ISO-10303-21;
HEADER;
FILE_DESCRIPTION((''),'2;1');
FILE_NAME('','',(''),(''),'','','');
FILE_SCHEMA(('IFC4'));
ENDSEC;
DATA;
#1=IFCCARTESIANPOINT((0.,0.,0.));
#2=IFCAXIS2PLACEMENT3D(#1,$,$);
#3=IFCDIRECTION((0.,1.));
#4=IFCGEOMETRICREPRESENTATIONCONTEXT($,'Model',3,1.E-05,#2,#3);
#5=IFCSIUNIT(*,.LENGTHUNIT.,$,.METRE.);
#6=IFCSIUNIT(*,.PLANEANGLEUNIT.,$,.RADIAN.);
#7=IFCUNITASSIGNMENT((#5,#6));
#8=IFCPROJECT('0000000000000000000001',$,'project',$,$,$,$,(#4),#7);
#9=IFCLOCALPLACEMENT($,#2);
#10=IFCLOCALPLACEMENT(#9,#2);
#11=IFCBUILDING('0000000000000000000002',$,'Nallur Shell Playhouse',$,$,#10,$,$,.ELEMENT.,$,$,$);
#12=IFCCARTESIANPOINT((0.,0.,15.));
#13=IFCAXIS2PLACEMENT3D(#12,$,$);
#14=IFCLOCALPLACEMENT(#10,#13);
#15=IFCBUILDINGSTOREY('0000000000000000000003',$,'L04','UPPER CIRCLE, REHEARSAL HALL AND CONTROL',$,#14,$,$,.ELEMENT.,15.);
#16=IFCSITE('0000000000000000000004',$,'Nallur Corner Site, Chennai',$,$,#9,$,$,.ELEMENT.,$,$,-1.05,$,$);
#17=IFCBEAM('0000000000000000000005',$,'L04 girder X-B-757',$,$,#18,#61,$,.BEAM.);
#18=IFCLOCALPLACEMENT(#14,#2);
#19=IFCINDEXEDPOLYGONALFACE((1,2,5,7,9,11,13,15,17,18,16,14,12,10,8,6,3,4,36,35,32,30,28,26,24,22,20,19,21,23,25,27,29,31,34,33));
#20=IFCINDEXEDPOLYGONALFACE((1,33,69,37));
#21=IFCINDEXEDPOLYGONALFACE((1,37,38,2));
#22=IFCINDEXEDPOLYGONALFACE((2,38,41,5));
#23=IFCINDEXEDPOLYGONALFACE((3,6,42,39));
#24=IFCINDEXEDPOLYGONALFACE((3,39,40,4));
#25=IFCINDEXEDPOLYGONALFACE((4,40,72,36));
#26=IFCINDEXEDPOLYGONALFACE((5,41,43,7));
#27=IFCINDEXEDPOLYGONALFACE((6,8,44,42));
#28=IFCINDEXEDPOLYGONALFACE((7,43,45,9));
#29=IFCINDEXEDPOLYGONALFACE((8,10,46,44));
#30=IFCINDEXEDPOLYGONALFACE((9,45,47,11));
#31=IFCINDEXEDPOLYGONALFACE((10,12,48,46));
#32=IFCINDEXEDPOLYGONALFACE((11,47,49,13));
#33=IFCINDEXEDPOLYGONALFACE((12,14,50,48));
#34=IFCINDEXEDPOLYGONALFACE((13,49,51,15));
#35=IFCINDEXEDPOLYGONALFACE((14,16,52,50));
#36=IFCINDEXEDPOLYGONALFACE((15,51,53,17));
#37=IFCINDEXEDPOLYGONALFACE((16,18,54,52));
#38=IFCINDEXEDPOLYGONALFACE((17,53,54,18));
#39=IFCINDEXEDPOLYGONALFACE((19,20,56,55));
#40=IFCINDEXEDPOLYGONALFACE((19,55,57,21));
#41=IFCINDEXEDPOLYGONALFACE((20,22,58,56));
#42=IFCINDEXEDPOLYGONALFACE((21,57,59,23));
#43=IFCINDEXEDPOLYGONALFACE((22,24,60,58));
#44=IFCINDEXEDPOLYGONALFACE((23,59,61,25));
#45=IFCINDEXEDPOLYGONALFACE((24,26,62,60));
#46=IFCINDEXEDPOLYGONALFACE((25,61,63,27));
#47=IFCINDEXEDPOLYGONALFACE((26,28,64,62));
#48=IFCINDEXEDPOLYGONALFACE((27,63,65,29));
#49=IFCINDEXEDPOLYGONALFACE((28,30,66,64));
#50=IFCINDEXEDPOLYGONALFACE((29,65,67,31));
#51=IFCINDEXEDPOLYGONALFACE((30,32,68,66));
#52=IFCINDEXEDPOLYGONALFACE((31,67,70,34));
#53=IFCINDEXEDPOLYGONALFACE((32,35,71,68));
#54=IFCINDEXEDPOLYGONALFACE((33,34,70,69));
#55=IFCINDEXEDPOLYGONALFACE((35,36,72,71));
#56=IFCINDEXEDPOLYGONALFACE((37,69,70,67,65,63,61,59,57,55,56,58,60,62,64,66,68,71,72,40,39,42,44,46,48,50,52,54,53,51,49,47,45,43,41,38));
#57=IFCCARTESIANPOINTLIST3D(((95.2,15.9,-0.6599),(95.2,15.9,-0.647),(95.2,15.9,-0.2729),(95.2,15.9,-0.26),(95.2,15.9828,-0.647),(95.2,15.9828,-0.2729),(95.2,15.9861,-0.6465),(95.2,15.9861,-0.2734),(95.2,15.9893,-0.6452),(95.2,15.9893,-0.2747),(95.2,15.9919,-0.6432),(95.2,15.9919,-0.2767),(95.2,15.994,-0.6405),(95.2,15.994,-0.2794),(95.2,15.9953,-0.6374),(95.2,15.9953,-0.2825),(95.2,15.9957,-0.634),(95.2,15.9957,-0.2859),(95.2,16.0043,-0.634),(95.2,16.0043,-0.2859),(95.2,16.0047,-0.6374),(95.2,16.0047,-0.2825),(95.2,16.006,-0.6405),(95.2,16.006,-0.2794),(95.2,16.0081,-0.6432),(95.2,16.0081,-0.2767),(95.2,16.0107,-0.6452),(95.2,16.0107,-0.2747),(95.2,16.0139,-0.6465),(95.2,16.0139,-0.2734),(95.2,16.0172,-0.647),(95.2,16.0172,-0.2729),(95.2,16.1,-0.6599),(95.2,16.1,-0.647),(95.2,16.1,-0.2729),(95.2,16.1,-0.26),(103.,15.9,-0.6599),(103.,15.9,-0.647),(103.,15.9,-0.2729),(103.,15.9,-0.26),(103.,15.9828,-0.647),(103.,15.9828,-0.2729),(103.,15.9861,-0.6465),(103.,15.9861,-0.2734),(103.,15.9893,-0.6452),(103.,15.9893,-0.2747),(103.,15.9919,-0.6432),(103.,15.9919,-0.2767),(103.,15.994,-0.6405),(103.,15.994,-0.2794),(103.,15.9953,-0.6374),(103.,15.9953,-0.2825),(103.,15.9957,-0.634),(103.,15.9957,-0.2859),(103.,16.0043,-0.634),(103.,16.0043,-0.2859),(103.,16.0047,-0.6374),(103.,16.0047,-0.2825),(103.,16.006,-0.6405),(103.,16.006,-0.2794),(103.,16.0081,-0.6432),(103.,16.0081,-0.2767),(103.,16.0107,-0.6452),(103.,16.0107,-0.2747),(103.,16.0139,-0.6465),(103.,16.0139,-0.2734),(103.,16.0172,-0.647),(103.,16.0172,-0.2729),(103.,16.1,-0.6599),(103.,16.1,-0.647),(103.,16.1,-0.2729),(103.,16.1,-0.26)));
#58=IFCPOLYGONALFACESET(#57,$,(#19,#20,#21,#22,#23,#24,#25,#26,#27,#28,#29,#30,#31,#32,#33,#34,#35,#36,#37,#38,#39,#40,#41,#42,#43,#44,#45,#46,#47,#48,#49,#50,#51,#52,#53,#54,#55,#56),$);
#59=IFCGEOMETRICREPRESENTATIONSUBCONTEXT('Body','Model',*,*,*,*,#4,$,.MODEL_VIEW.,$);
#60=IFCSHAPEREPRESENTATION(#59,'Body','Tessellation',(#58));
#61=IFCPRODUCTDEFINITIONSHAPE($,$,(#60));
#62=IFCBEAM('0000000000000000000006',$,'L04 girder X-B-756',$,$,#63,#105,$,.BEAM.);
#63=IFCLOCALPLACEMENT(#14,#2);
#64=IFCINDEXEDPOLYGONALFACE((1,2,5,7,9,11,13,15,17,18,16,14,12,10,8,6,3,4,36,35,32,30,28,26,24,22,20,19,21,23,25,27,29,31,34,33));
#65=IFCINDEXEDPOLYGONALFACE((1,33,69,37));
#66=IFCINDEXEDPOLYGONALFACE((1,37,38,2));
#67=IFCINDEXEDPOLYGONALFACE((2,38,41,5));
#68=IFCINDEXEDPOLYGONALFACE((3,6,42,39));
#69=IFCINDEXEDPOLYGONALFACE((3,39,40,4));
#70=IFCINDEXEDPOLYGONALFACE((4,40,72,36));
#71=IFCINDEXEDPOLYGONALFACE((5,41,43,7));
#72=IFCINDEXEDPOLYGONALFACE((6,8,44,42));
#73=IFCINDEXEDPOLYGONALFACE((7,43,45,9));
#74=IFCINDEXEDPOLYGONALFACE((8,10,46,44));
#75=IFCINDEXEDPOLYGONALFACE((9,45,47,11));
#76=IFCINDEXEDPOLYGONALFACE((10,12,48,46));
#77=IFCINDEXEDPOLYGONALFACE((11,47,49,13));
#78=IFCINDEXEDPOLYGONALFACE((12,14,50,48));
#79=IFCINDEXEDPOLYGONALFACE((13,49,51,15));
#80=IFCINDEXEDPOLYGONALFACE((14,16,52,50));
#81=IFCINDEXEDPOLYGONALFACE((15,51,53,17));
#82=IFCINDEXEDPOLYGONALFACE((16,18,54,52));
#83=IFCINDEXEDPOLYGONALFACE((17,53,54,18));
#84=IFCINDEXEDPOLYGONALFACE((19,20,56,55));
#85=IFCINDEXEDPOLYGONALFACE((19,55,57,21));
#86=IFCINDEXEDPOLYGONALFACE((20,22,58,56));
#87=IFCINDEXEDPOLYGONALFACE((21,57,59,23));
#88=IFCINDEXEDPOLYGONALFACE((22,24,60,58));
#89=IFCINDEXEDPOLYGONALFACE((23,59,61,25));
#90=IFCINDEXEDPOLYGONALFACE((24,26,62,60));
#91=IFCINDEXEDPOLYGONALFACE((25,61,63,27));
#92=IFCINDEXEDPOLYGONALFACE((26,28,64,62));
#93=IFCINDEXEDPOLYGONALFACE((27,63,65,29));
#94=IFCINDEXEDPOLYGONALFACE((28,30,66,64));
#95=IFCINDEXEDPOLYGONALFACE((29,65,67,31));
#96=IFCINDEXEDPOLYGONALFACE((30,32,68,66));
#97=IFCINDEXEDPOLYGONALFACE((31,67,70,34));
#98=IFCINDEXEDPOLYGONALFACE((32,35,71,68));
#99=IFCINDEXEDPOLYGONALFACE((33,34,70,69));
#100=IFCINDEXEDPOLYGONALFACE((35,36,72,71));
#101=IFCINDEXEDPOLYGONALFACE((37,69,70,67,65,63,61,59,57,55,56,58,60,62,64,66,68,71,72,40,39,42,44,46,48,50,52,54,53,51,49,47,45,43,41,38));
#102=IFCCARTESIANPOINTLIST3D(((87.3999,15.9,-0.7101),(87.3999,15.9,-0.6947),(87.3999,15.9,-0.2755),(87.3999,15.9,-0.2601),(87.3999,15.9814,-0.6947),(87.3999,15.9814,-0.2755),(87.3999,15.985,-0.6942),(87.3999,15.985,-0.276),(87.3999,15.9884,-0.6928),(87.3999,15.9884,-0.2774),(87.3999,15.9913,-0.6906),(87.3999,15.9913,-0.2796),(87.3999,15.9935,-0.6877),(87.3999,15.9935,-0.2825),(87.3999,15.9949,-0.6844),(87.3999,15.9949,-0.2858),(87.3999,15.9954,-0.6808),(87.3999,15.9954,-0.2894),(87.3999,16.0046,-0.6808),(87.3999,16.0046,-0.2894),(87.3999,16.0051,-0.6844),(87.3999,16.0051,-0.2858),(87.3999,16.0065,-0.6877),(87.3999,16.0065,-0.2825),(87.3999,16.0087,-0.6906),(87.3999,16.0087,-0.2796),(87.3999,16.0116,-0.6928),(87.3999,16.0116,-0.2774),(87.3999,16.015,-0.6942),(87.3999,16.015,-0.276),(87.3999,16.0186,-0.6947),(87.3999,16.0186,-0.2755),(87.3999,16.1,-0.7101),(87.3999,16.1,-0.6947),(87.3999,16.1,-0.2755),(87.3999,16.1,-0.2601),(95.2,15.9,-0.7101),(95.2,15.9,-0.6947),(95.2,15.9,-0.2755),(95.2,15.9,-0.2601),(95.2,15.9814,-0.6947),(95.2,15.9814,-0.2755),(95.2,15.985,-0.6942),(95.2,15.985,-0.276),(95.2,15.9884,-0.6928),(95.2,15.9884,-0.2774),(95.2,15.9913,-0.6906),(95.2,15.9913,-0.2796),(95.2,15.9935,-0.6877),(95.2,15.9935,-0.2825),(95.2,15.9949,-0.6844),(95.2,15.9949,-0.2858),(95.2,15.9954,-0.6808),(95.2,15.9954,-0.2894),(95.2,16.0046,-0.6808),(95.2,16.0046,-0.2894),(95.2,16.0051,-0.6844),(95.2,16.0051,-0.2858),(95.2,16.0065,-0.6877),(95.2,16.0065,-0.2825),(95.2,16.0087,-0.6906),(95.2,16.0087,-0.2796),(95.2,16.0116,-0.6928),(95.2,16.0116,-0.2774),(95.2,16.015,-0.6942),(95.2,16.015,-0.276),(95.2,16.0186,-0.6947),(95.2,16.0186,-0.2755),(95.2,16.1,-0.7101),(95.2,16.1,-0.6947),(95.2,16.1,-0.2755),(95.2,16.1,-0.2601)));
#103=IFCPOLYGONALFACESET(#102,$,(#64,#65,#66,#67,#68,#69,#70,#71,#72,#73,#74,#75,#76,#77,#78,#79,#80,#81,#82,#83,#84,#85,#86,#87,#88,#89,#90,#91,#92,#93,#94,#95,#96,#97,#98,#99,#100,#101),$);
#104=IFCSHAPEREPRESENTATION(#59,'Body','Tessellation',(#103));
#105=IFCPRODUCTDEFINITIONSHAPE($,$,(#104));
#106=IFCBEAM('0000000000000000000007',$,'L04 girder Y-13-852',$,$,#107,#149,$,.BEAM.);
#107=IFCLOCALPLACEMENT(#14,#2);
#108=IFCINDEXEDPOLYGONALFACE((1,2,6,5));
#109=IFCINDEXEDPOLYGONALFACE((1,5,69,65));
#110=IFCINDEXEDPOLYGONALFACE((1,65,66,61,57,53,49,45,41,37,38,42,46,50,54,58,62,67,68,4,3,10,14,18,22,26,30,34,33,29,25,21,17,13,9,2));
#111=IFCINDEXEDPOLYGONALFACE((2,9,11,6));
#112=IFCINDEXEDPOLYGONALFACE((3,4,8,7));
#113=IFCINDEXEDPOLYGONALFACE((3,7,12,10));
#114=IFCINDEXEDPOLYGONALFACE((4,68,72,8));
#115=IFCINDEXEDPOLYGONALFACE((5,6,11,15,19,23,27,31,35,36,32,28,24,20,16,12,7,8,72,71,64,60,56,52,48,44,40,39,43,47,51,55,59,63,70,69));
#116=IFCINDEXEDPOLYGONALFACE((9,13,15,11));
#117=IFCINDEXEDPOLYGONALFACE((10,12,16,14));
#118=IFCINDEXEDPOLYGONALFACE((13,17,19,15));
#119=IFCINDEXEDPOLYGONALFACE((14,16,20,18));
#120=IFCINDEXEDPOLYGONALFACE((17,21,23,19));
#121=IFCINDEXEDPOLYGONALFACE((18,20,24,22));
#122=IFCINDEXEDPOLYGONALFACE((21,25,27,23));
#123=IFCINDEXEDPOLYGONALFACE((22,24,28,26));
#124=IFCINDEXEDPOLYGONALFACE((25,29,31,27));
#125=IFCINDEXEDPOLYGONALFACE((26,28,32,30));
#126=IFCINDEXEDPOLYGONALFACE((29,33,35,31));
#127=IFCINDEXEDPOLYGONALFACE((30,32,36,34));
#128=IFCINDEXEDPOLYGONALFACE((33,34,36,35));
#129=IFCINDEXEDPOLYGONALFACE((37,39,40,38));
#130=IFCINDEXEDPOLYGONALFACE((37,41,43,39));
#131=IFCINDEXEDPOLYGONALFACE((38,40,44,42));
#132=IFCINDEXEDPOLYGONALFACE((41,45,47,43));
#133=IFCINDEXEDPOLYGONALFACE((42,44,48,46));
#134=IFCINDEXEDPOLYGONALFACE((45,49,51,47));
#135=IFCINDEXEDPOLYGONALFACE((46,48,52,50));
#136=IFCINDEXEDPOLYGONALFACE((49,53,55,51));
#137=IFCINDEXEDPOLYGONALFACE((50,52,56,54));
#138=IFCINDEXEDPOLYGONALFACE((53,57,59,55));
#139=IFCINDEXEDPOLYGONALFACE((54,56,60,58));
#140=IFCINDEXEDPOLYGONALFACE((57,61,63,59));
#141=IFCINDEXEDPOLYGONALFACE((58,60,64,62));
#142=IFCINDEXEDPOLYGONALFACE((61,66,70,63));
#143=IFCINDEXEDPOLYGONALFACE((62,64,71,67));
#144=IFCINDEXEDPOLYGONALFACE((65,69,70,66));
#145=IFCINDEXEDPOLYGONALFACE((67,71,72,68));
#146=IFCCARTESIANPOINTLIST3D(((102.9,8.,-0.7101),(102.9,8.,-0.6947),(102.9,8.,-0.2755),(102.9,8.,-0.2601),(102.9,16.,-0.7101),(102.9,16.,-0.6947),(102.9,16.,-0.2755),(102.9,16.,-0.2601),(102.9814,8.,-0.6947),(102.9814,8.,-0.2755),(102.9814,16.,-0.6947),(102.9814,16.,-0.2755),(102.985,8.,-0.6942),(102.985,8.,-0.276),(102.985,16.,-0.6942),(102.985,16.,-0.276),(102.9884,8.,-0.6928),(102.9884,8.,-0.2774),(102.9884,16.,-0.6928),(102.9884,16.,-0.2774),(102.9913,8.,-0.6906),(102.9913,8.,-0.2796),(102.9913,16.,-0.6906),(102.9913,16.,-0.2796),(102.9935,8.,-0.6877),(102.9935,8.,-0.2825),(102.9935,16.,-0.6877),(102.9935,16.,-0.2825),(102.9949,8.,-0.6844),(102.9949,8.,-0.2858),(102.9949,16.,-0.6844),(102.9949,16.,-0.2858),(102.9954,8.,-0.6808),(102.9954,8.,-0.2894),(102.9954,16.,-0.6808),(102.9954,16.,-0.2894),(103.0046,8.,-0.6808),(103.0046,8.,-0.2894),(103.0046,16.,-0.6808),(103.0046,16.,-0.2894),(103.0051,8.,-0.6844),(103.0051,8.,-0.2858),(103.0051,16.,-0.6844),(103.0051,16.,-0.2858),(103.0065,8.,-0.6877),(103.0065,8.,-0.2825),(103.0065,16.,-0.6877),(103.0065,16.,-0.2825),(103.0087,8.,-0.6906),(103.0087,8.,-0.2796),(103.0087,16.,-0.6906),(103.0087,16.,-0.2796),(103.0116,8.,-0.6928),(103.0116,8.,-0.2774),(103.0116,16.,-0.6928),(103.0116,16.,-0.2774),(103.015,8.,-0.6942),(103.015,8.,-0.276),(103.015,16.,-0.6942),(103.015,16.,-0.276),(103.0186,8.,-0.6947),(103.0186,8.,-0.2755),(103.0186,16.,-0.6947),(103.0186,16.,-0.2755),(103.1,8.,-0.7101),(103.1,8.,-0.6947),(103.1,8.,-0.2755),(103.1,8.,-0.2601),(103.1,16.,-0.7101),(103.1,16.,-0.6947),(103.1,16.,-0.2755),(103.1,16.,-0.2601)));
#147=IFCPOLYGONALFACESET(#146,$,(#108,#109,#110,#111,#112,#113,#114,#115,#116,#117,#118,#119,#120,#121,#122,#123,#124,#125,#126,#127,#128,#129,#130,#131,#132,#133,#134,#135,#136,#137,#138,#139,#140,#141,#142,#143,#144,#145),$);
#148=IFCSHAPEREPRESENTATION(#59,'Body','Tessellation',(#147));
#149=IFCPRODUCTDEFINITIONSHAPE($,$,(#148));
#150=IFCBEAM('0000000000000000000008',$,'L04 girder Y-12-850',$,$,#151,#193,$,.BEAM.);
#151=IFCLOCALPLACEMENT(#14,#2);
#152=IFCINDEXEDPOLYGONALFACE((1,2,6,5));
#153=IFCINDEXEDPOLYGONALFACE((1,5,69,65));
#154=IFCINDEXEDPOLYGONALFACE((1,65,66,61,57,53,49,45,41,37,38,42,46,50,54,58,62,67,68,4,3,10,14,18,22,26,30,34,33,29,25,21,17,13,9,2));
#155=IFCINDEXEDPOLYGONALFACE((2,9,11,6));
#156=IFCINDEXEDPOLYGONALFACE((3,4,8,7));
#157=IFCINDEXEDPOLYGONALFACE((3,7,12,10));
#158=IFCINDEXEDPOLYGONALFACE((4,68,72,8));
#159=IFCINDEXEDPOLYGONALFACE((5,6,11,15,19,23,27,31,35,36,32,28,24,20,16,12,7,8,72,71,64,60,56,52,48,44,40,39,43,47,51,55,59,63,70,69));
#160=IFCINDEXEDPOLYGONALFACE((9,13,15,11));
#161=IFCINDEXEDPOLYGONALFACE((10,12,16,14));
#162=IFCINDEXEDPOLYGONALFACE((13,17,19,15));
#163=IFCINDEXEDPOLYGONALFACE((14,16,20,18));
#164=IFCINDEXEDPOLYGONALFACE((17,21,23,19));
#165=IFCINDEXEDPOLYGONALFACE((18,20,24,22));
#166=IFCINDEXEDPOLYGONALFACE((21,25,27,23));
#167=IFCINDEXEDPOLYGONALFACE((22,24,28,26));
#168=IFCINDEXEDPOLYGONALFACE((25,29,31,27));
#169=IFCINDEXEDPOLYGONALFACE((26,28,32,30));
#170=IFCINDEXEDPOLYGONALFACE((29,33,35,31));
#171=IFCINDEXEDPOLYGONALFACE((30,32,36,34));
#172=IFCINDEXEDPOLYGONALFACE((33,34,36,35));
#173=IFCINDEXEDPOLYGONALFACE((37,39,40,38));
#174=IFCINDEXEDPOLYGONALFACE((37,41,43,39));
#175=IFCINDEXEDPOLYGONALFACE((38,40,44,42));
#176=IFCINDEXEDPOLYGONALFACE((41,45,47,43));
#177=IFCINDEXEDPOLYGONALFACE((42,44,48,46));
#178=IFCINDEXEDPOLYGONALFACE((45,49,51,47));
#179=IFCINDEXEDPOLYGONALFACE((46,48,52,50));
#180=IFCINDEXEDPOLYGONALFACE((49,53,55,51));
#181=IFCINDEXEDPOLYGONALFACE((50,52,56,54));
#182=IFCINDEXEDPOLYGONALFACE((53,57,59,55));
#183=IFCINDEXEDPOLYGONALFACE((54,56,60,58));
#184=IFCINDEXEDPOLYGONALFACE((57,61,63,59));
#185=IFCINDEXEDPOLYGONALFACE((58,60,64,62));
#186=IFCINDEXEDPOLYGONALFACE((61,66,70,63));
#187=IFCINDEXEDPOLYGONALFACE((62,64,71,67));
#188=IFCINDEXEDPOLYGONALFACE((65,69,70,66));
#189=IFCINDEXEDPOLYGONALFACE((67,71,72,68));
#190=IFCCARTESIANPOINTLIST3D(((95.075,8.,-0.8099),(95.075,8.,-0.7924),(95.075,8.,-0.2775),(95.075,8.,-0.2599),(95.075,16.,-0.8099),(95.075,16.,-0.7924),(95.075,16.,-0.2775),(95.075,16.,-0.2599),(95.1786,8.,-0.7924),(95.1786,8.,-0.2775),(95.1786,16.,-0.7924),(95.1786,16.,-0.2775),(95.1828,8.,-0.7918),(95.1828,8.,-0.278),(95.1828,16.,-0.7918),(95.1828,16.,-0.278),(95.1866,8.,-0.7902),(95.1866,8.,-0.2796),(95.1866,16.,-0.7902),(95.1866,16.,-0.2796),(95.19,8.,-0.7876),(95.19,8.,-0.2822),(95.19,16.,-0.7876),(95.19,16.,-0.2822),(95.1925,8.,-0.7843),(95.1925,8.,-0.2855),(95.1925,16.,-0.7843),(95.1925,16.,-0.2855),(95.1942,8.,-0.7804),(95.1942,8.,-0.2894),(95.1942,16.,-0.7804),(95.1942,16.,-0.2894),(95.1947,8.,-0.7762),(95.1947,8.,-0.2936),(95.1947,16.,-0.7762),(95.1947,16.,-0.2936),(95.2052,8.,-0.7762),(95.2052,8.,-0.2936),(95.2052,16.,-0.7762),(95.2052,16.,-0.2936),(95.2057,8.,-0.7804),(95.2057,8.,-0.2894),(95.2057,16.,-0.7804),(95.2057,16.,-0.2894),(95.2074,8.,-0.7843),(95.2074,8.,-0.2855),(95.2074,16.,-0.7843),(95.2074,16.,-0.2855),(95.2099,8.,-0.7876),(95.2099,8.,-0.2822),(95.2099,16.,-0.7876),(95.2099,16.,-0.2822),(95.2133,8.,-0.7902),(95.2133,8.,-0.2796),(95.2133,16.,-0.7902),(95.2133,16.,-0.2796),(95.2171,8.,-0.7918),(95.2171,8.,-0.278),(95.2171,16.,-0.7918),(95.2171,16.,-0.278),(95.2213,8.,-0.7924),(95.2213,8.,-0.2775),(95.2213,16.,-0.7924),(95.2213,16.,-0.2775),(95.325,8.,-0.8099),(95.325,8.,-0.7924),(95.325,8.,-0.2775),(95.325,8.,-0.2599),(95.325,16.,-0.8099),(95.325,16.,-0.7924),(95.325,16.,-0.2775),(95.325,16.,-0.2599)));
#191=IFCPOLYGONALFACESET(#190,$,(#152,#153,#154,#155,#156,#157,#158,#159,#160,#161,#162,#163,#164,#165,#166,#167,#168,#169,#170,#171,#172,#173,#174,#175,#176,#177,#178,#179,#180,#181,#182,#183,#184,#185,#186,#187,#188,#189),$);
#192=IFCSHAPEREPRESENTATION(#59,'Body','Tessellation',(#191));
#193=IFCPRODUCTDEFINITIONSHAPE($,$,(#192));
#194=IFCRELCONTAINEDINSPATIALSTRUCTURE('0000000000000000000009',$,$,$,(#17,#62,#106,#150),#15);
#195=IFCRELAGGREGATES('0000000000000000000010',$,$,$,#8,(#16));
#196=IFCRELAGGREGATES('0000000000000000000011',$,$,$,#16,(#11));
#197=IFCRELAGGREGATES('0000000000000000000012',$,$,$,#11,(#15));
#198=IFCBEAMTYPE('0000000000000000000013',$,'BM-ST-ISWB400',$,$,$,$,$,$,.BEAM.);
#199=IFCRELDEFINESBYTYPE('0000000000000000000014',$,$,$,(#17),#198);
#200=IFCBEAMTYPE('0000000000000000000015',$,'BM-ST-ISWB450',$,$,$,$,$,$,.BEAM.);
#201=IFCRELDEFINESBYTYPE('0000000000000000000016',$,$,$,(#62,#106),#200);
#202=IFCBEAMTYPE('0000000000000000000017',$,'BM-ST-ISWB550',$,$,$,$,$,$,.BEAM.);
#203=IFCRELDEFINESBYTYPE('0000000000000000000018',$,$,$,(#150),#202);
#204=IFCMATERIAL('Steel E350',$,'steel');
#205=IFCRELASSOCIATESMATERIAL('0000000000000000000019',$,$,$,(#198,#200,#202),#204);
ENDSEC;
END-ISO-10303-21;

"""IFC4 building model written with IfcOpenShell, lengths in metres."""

from ifc_helpers import new_model, si_unit, direction, frame, origin, origin_2d, place, context, subcontext, project, spatial, i_section, extrude, material, material_profile, profile_set, type_object, element, save


model = new_model("IFC4")

# Units and contexts
model_context = context("Model", 3, precision=1e-05, world=origin(), true_north=direction((0.0, 1.0)))
body_context = subcontext(model_context, "Body", "Model", "MODEL_VIEW")
ifc_project = project(units=[si_unit("LENGTHUNIT", "METRE"), si_unit("PLANEANGLEUNIT", "RADIAN")], contexts=[model_context])

# Site, building, storey
site_placement = place(None, origin())
site = spatial("IfcSite", under=ifc_project, at=site_placement, Name="Nallur Corner Site, Chennai", CompositionType="ELEMENT", RefElevation=-1.05)
building_placement = place(site_placement, origin())
building = spatial("IfcBuilding", under=site, at=building_placement, Name="Nallur Shell Playhouse", CompositionType="ELEMENT")
storey_placement = place(building_placement, frame((0.0, 0.0, 15.0)))
storey = spatial("IfcBuildingStorey", under=building, at=storey_placement, Name="L04", Description="UPPER CIRCLE, REHEARSAL HALL AND CONTROL", CompositionType="ELEMENT", Elevation=15.0)

# Beams
ifc_material_1 = material(Name="Steel E350", Category="steel")
ifc_material_profile_1 = material_profile(ifc_material_1, i_section(OverallWidth=0.2, OverallDepth=0.3999, WebThickness=0.0085, FlangeThickness=0.0129, FilletRadius=0.0129, at=origin_2d()), Name="ISWB 400")
ifc_profile_set_1 = profile_set([ifc_material_profile_1], Name="Steel E350")
beam_type_1 = type_object("IfcBeamType", Name="BM-ST-ISWB400", PredefinedType="BEAM", material=ifc_profile_set_1)
beam_1_placement = place(storey_placement, frame((95.2, 16.0, -0.46), z_axis=(1.0, 0.0, 0.0), x_axis=(0.0, 1.0, 0.0)))
element("IfcBeam", 1, at=beam_1_placement, inside=storey, type_object=beam_type_1, Name="L04 girder X-B-757", PredefinedType="BEAM", context=body_context, shape_type="SweptSolid", body=[
    extrude(i_section(OverallWidth=0.2, OverallDepth=0.3999, WebThickness=0.0085, FlangeThickness=0.0129, FilletRadius=0.0129, at=origin_2d()), origin(), (0.0, 0.0, 1.0), 7.8),
])
ifc_material_profile_2 = material_profile(ifc_material_1, i_section(OverallWidth=0.2, OverallDepth=0.45, WebThickness=0.0093, FlangeThickness=0.0154, FilletRadius=0.0139, at=origin_2d()), Name="ISWB 450")
ifc_profile_set_2 = profile_set([ifc_material_profile_2], Name="Steel E350")
beam_type_2 = type_object("IfcBeamType", Name="BM-ST-ISWB450", PredefinedType="BEAM", material=ifc_profile_set_2)
beam_2_placement = place(storey_placement, frame((87.3999, 16.0, -0.4851), z_axis=(1.0, 0.0, 0.0), x_axis=(0.0, 1.0, 0.0)))
element("IfcBeam", 2, at=beam_2_placement, inside=storey, type_object=beam_type_2, Name="L04 girder X-B-756", PredefinedType="BEAM", context=body_context, shape_type="SweptSolid", body=[
    extrude(i_section(OverallWidth=0.2, OverallDepth=0.45, WebThickness=0.0093, FlangeThickness=0.0154, FilletRadius=0.0139, at=origin_2d()), origin(), (0.0, 0.0, 1.0), 7.8),
])
beam_3_placement = place(storey_placement, frame((103.0, 8.0, -0.4851), z_axis=(0.0, 1.0, 0.0), x_axis=(-1.0, 0.0, 0.0)))
element("IfcBeam", 3, at=beam_3_placement, inside=storey, type_object=beam_type_2, Name="L04 girder Y-13-852", PredefinedType="BEAM", context=body_context, shape_type="SweptSolid", body=[
    extrude(i_section(OverallWidth=0.2, OverallDepth=0.45, WebThickness=0.0093, FlangeThickness=0.0154, FilletRadius=0.0139, at=origin_2d()), origin(), (0.0, 0.0, 1.0), 8.0),
])
ifc_material_profile_3 = material_profile(ifc_material_1, i_section(OverallWidth=0.25, OverallDepth=0.55, WebThickness=0.0105, FlangeThickness=0.0176, FilletRadius=0.0161, at=origin_2d()), Name="ISWB 550")
ifc_profile_set_3 = profile_set([ifc_material_profile_3], Name="Steel E350")
beam_type_3 = type_object("IfcBeamType", Name="BM-ST-ISWB550", PredefinedType="BEAM", material=ifc_profile_set_3)
beam_4_placement = place(storey_placement, frame((95.2, 8.0, -0.5349), z_axis=(0.0, 1.0, 0.0), x_axis=(-1.0, 0.0, 0.0)))
element("IfcBeam", 4, at=beam_4_placement, inside=storey, type_object=beam_type_3, Name="L04 girder Y-12-850", PredefinedType="BEAM", context=body_context, shape_type="SweptSolid", body=[
    extrude(i_section(OverallWidth=0.25, OverallDepth=0.55, WebThickness=0.0105, FlangeThickness=0.0176, FilletRadius=0.0161, at=origin_2d()), origin(), (0.0, 0.0, 1.0), 8.0),
])

save(model, "model.ifc")
